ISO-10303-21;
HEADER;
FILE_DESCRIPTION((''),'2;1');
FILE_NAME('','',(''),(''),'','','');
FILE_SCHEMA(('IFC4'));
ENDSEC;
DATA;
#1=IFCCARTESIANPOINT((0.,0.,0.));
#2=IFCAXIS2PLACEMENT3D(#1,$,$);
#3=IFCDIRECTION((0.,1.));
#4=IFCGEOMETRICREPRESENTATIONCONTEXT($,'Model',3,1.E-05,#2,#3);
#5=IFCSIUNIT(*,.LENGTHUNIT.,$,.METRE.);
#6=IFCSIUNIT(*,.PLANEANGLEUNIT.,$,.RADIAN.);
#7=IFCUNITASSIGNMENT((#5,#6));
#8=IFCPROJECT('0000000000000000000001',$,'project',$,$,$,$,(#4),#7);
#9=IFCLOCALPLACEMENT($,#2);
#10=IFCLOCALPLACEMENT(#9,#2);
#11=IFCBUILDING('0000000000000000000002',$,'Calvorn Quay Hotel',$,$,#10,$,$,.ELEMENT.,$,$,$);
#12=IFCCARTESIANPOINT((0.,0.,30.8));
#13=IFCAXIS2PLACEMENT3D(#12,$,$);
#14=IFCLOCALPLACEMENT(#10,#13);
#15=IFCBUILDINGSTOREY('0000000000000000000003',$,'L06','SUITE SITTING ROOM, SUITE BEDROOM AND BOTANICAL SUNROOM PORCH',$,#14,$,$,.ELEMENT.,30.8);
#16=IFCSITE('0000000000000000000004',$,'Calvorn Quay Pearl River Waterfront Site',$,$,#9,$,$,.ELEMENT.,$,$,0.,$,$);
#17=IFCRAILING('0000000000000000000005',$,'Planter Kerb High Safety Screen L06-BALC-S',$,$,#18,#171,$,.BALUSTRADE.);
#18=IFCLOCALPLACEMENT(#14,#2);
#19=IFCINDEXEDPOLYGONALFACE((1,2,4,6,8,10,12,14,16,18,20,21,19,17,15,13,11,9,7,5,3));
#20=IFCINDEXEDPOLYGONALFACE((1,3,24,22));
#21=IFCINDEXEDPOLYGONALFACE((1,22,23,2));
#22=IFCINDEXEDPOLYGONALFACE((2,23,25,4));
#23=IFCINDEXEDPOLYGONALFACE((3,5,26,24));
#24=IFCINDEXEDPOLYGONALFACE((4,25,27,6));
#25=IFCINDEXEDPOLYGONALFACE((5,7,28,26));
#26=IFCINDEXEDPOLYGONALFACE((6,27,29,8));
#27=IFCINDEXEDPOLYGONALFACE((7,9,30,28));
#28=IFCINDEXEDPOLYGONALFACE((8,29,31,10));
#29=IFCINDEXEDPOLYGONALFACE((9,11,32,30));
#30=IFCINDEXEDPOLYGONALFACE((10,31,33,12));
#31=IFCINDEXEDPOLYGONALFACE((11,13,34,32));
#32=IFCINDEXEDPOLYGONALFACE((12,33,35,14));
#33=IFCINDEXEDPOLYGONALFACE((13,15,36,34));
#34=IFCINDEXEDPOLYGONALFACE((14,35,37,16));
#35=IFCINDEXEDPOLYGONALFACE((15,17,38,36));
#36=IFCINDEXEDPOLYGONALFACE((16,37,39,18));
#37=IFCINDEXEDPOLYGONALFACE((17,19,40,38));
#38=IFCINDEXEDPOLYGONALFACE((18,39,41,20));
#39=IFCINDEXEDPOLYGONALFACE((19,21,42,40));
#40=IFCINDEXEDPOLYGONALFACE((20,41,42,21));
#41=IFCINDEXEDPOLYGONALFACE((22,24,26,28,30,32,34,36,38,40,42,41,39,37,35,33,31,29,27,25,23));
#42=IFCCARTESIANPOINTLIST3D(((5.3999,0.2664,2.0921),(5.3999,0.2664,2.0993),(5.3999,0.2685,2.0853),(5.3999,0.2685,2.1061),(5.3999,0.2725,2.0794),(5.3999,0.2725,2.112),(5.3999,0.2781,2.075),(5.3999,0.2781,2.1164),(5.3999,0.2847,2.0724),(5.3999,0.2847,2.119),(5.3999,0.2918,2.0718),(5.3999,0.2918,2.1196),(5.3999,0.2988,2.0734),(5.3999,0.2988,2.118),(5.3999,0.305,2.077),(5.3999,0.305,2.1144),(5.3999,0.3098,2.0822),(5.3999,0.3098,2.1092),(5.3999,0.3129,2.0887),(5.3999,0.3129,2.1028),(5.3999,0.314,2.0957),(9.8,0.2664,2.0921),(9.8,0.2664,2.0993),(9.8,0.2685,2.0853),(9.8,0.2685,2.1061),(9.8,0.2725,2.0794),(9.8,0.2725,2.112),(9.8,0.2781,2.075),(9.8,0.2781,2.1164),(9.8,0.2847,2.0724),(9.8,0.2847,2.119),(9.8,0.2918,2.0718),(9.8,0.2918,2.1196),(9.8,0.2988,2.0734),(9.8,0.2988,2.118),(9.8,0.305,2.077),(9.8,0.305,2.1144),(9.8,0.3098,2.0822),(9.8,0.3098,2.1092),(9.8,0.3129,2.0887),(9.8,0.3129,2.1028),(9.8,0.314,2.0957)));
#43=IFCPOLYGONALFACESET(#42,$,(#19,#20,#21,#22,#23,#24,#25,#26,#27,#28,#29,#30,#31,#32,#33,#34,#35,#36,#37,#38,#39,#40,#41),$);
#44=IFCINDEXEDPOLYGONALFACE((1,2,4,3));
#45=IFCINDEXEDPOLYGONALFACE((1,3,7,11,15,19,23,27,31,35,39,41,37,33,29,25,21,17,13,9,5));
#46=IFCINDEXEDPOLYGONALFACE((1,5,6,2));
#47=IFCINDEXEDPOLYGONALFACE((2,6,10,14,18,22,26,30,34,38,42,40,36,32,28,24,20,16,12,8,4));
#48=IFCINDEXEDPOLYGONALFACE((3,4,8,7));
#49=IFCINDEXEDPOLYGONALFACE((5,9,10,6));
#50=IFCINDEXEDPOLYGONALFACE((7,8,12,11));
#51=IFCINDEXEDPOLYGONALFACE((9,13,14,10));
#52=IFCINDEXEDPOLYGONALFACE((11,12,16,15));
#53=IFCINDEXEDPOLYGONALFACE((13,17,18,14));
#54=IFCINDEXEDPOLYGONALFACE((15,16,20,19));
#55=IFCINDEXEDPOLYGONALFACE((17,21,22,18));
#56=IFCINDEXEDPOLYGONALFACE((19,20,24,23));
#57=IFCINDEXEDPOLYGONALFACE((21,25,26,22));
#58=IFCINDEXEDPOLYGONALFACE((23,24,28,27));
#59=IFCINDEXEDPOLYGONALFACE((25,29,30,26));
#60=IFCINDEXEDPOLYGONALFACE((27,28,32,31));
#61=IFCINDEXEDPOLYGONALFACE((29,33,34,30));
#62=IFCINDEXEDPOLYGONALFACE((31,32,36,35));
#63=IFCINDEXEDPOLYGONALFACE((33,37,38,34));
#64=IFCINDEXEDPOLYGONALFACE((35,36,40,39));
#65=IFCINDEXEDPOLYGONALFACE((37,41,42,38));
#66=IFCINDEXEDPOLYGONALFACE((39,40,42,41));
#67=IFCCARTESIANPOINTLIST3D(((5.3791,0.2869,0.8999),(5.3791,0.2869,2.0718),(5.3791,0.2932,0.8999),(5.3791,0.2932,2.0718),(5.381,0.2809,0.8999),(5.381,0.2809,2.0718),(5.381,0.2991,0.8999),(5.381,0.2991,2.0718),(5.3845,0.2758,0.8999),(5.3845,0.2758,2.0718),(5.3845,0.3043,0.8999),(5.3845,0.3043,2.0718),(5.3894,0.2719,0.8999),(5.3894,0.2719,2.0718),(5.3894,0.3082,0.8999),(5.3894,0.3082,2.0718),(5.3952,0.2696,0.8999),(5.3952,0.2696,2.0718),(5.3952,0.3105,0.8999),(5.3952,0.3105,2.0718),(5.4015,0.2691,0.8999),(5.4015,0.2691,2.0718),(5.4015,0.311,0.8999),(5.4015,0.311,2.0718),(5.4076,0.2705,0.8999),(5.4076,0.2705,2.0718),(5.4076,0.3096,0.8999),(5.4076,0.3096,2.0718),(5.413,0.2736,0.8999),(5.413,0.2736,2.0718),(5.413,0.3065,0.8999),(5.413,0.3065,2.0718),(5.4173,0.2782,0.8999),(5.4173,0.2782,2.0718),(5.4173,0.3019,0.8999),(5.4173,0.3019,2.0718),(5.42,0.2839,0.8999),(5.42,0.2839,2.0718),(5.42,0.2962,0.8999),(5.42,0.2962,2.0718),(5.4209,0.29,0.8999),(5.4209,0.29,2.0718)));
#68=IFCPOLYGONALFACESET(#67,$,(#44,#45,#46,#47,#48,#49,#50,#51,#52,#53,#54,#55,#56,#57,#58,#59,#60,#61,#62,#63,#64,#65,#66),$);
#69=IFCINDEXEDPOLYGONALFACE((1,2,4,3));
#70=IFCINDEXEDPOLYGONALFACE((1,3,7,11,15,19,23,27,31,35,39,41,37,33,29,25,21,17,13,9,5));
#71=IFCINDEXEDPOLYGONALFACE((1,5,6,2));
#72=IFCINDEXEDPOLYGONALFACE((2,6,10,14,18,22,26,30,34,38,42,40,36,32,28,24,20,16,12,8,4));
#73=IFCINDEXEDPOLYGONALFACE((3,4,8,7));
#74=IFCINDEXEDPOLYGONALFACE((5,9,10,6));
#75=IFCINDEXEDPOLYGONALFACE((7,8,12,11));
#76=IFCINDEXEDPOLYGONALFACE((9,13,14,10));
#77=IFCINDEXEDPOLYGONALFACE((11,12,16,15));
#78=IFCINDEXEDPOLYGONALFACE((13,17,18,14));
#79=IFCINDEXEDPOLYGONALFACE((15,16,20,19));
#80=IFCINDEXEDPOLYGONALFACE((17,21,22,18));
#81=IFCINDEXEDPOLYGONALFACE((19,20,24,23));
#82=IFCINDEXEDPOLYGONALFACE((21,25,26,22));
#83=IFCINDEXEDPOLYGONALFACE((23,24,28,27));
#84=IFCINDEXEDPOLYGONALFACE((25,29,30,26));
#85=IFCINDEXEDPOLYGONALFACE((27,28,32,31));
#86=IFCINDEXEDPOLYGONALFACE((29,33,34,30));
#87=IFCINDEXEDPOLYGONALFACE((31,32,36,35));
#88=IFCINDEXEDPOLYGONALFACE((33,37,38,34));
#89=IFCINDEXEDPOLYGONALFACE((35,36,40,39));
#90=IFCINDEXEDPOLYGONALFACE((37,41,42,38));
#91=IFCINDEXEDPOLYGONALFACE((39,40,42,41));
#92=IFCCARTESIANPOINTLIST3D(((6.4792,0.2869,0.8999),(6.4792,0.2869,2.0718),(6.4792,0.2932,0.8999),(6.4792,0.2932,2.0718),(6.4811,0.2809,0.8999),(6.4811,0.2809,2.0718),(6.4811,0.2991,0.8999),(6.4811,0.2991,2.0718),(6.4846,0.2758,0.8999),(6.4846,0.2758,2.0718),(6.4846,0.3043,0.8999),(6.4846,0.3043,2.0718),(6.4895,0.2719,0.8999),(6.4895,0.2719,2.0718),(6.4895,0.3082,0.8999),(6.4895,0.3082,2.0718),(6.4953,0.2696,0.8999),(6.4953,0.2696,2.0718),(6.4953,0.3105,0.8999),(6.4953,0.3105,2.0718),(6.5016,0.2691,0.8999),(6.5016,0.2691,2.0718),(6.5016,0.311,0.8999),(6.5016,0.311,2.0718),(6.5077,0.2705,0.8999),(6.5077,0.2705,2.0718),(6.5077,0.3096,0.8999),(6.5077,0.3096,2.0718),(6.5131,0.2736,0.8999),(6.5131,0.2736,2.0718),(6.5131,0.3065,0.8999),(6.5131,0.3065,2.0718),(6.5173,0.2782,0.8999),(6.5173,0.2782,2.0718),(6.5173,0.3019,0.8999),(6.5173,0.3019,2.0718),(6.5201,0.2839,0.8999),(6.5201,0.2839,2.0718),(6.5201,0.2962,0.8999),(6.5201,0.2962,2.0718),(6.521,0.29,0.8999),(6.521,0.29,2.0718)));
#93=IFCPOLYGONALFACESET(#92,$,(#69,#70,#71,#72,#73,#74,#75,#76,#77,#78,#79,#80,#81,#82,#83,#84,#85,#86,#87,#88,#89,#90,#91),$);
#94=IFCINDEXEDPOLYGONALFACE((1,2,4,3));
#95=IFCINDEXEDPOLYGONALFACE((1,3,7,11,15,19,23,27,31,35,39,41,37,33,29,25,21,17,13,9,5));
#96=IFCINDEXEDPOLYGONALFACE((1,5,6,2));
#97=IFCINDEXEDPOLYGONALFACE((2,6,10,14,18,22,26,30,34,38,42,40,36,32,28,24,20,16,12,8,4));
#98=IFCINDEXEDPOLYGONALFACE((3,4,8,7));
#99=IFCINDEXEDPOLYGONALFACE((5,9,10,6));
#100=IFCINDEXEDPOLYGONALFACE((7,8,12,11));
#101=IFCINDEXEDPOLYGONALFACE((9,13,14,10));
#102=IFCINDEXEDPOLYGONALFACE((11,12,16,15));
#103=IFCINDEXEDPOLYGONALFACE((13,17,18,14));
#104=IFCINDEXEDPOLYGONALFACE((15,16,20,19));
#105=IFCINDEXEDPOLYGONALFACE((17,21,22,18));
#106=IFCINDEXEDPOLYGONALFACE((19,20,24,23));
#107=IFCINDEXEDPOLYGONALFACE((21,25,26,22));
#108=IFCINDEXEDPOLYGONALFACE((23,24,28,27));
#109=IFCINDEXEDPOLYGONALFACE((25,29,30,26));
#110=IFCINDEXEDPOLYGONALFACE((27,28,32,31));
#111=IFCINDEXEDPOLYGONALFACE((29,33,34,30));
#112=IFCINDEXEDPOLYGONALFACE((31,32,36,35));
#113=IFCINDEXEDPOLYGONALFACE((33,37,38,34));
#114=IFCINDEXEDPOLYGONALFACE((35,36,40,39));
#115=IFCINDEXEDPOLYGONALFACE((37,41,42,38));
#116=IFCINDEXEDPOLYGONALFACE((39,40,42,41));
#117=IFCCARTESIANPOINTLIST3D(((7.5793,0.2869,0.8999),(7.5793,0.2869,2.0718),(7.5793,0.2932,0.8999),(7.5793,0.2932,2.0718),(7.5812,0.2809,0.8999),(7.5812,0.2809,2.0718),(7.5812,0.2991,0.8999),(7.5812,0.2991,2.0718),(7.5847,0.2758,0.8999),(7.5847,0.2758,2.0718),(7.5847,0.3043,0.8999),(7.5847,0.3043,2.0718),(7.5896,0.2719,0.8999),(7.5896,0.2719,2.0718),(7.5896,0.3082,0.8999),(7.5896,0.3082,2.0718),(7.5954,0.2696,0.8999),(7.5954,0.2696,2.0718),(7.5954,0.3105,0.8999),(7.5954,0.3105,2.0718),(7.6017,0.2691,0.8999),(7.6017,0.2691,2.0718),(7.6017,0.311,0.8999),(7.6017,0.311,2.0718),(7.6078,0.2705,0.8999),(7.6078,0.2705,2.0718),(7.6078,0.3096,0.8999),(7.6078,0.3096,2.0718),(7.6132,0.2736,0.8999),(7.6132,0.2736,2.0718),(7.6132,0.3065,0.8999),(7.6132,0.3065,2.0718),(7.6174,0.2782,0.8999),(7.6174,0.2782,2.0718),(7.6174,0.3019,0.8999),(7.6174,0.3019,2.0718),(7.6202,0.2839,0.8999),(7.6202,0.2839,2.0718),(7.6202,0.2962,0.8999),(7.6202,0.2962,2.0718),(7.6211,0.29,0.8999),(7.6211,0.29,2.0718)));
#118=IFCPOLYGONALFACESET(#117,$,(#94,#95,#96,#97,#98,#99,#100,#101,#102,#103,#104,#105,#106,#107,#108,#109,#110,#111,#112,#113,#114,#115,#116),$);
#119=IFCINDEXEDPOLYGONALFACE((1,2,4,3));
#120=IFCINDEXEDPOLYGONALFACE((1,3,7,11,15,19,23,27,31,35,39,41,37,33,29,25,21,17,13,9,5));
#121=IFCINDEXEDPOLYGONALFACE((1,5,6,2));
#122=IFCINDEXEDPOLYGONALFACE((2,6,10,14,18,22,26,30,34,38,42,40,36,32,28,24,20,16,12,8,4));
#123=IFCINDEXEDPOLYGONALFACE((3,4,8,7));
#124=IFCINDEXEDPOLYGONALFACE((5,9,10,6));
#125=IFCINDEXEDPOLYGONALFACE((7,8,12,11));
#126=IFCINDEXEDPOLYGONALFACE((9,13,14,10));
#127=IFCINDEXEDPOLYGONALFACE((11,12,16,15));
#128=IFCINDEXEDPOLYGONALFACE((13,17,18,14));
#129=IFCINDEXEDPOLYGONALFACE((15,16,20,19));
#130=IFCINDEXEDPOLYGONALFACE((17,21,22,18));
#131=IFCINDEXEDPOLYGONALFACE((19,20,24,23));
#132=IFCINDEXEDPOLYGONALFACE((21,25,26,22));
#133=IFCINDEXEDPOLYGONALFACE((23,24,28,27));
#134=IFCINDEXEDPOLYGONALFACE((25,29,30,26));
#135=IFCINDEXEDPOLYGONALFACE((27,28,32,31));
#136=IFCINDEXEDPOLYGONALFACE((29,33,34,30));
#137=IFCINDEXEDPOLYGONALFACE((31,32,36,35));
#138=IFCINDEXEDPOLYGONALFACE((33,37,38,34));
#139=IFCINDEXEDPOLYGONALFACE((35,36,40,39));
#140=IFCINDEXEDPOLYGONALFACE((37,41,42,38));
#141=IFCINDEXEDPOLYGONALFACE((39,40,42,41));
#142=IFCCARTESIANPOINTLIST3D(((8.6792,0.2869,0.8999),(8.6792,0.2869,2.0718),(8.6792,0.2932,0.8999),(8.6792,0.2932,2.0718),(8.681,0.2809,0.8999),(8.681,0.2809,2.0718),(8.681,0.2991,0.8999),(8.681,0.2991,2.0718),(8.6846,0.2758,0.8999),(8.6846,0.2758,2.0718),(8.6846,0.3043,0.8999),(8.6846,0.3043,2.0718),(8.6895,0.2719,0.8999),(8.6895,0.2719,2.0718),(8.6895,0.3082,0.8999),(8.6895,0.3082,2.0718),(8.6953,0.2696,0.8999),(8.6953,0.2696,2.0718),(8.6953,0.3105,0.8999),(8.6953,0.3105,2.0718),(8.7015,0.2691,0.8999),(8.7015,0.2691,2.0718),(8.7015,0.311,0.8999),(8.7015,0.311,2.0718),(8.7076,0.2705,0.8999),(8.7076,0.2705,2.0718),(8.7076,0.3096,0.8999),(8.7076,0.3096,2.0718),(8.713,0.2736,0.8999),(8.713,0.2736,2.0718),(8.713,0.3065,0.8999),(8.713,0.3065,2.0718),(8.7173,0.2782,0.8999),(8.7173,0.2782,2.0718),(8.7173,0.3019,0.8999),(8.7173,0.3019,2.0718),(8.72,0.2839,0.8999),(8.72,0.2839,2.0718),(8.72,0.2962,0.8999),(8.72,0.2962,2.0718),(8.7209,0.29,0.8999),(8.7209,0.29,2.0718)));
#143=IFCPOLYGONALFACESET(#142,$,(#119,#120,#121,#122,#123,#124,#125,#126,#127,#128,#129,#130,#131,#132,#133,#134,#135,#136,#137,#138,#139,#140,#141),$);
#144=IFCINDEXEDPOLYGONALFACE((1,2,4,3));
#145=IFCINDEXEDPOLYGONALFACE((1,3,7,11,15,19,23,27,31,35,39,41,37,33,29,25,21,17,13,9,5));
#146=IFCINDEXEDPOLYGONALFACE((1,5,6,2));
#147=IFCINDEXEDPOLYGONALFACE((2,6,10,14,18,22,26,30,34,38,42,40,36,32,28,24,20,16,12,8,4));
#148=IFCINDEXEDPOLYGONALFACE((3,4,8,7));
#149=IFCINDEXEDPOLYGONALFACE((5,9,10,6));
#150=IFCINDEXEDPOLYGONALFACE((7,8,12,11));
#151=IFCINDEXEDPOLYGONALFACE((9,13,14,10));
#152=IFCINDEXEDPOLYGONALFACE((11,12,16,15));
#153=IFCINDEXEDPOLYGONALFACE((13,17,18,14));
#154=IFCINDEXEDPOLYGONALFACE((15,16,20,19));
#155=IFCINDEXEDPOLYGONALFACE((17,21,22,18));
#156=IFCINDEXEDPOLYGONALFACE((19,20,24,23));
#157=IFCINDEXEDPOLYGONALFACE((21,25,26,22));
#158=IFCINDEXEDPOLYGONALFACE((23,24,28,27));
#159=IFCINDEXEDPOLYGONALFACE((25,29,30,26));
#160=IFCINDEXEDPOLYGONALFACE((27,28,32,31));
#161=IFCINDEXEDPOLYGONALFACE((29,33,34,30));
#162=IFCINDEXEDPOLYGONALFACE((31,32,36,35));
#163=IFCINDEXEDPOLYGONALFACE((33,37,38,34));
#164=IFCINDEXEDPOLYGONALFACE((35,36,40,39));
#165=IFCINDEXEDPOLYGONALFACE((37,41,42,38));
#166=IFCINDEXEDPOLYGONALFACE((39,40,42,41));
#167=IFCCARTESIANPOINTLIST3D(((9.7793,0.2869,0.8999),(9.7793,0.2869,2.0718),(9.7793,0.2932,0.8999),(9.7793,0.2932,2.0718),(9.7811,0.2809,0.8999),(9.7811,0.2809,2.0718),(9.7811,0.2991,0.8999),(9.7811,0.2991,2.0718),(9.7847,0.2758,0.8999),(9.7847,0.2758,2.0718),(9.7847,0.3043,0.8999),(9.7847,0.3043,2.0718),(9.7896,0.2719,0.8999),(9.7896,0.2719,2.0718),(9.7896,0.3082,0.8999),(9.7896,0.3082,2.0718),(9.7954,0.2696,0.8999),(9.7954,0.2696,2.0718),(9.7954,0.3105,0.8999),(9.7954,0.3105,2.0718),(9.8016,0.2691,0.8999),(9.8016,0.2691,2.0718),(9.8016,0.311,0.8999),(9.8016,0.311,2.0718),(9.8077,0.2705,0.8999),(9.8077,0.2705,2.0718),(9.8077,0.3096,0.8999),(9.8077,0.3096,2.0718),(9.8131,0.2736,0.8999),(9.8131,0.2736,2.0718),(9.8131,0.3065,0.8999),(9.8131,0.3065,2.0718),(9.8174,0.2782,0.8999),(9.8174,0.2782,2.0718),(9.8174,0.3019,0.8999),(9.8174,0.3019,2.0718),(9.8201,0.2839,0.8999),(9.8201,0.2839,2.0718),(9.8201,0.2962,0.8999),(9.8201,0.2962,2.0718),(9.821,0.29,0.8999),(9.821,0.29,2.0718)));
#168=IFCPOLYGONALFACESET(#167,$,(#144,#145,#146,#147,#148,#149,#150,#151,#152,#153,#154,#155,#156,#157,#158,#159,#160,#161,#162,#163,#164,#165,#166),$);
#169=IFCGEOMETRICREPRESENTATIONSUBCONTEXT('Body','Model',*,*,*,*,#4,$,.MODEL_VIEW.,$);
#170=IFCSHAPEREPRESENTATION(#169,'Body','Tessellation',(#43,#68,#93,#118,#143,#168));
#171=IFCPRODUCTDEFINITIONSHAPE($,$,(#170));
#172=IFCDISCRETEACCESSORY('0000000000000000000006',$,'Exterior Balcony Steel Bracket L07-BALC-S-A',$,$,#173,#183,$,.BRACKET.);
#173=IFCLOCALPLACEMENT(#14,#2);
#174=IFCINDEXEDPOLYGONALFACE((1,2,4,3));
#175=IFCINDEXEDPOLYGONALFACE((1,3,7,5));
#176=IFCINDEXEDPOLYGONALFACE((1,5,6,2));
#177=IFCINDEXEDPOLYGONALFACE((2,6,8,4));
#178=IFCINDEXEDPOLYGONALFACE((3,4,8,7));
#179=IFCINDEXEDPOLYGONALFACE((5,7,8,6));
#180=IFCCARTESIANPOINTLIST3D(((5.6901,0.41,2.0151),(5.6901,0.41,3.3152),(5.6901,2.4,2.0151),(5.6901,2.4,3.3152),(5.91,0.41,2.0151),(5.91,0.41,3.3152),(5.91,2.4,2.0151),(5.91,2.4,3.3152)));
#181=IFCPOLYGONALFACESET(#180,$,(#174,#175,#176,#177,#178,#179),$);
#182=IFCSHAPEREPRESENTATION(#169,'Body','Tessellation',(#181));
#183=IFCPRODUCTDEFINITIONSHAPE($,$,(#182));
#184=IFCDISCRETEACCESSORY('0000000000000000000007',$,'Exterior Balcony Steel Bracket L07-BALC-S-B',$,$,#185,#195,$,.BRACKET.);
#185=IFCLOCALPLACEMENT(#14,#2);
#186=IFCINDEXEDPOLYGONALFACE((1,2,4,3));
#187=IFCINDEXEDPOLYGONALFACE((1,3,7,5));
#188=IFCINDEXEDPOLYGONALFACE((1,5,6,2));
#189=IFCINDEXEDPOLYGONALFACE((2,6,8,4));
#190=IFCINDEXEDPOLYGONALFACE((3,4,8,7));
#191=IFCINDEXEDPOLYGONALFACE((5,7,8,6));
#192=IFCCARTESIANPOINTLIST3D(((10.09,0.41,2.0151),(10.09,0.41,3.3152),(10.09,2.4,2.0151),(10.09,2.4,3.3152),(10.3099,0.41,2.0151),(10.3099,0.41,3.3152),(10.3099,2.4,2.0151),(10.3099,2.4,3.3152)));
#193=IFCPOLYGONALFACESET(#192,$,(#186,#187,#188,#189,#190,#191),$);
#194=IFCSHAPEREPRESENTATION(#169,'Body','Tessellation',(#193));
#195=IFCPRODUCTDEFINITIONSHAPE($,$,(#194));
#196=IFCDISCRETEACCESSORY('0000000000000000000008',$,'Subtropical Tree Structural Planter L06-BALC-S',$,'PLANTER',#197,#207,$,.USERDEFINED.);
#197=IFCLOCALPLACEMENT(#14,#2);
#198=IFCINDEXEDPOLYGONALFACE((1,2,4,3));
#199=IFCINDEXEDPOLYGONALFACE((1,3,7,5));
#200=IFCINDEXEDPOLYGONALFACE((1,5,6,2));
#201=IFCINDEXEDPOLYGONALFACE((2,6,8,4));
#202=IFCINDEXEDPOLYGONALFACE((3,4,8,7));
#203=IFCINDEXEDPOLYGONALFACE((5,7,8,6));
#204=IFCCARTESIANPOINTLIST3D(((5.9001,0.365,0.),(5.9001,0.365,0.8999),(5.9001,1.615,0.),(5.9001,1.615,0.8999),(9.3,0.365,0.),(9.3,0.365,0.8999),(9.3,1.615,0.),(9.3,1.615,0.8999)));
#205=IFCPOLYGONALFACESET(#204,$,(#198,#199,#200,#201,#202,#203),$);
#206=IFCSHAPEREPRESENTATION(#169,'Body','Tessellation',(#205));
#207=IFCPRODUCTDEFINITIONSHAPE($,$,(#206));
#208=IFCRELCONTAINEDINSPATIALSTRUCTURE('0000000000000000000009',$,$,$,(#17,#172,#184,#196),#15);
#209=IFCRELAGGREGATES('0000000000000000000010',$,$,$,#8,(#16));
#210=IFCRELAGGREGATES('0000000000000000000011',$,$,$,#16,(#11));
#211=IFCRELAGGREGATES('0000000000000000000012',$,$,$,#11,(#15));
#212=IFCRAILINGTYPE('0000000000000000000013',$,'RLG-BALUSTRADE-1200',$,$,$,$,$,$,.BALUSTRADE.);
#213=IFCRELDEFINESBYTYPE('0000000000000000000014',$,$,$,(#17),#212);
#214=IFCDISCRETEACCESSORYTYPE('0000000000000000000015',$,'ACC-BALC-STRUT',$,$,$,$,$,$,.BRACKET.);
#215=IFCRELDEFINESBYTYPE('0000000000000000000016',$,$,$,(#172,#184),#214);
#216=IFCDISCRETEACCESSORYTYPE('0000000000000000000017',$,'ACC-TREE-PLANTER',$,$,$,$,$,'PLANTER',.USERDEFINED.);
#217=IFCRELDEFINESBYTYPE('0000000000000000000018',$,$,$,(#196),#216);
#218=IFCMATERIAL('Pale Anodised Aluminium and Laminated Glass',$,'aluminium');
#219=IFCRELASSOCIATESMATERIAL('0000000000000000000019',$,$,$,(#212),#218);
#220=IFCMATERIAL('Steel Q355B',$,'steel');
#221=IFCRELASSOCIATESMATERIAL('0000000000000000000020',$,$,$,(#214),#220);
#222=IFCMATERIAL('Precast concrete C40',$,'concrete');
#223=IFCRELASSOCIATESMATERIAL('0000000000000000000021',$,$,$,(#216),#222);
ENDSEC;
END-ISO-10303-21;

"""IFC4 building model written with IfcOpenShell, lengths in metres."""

from ifc_helpers import new_model, si_unit, direction, frame, origin, origin_2d, place, context, subcontext, project, spatial, rectangle, circle, extrude, material, type_object, element, save


model = new_model("IFC4")

# Units and contexts
model_context = context("Model", 3, precision=1e-05, world=origin(), true_north=direction((0.0, 1.0)))
body_context = subcontext(model_context, "Body", "Model", "MODEL_VIEW")
ifc_project = project(units=[si_unit("LENGTHUNIT", "METRE"), si_unit("PLANEANGLEUNIT", "RADIAN")], contexts=[model_context])

# Site, building, storey
site_placement = place(None, origin())
site = spatial("IfcSite", under=ifc_project, at=site_placement, Name="Calvorn Quay Pearl River Waterfront Site", CompositionType="ELEMENT", RefElevation=0.0)
building_placement = place(site_placement, origin())
building = spatial("IfcBuilding", under=site, at=building_placement, Name="Calvorn Quay Hotel", CompositionType="ELEMENT")
storey_placement = place(building_placement, frame((0.0, 0.0, 30.8)))
storey = spatial("IfcBuildingStorey", under=building, at=storey_placement, Name="L06", Description="SUITE SITTING ROOM, SUITE BEDROOM AND BOTANICAL SUNROOM PORCH", CompositionType="ELEMENT", Elevation=30.8)

# Railing
ifc_material_1 = material(Name="Pale Anodised Aluminium and Laminated Glass", Category="aluminium")
railing_type = type_object("IfcRailingType", Name="RLG-BALUSTRADE-1200", PredefinedType="BALUSTRADE", material=ifc_material_1)
railing_1_placement = place(storey_placement, frame((5.3999, 0.29, 0.8999)))
element("IfcRailing", 1, at=railing_1_placement, inside=storey, type_object=railing_type, Name="Planter Kerb High Safety Screen L06-BALC-S", PredefinedType="BALUSTRADE", context=body_context, shape_type="SweptSolid", body=[
    extrude(circle(Radius=0.0239, at=origin_2d()), frame((0.0, 0.0, 1.1958), z_axis=(1.0, 0.0, 0.0), x_axis=(0.0, 1.0, 0.0)), (0.0, 0.0, 1.0), 4.4001),
    extrude(circle(Radius=0.021, at=origin_2d()), origin(), (0.0, 0.0, 1.0), 1.1719),
    extrude(circle(Radius=0.021, at=origin_2d()), frame((1.1001, 0.0, 0.0)), (0.0, 0.0, 1.0), 1.1719),
    extrude(circle(Radius=0.021, at=origin_2d()), frame((2.2002, 0.0, 0.0)), (0.0, 0.0, 1.0), 1.1719),
    extrude(circle(Radius=0.021, at=origin_2d()), frame((3.3, 0.0, 0.0)), (0.0, 0.0, 1.0), 1.1719),
    extrude(circle(Radius=0.021, at=origin_2d()), frame((4.4001, 0.0, 0.0)), (0.0, 0.0, 1.0), 1.1719),
])

# Discrete accessories
ifc_material_2 = material(Name="Steel Q355B", Category="steel")
discrete_accessory_type_1 = type_object("IfcDiscreteAccessoryType", Name="ACC-BALC-STRUT", PredefinedType="BRACKET", material=ifc_material_2)
for number, where, z_axis, x_axis, name in (
    (2, (5.8, 1.405, 2.0151), (0.0, 0.0, 1.0), (1.0, 0.0, 0.0), "Exterior Balcony Steel Bracket L07-BALC-S-A"),
    (3, (10.2, 1.405, 2.0151), (0.0, 0.0, 1.0), (1.0, 0.0, 0.0), "Exterior Balcony Steel Bracket L07-BALC-S-B"),
):
    element("IfcDiscreteAccessory", number, at=place(storey_placement, frame(where, z_axis=z_axis, x_axis=x_axis)), inside=storey, type_object=discrete_accessory_type_1, Name=name, PredefinedType="BRACKET", context=body_context, shape_type="SweptSolid", body=[
        extrude(rectangle(XDim=0.22, YDim=1.99, at=origin_2d()), origin(), (0.0, 0.0, 1.0), 1.3),
    ])
ifc_material_3 = material(Name="Precast concrete C40", Category="concrete")
discrete_accessory_type_2 = type_object("IfcDiscreteAccessoryType", Name="ACC-TREE-PLANTER", ElementType="PLANTER", PredefinedType="USERDEFINED", material=ifc_material_3)
discrete_accessory_placement = place(storey_placement, frame((7.6001, 0.99, 0.0), z_axis=(0.0, 0.0, 1.0), x_axis=(1.0, 0.0, 0.0)))
element("IfcDiscreteAccessory", 4, at=discrete_accessory_placement, inside=storey, type_object=discrete_accessory_type_2, Name="Subtropical Tree Structural Planter L06-BALC-S", ObjectType="PLANTER", PredefinedType="USERDEFINED", context=body_context, shape_type="SweptSolid", body=[
    extrude(rectangle(XDim=3.3999, YDim=1.25, at=origin_2d()), origin(), (0.0, 0.0, 1.0), 0.8999),
])

save(model, "model.ifc")
